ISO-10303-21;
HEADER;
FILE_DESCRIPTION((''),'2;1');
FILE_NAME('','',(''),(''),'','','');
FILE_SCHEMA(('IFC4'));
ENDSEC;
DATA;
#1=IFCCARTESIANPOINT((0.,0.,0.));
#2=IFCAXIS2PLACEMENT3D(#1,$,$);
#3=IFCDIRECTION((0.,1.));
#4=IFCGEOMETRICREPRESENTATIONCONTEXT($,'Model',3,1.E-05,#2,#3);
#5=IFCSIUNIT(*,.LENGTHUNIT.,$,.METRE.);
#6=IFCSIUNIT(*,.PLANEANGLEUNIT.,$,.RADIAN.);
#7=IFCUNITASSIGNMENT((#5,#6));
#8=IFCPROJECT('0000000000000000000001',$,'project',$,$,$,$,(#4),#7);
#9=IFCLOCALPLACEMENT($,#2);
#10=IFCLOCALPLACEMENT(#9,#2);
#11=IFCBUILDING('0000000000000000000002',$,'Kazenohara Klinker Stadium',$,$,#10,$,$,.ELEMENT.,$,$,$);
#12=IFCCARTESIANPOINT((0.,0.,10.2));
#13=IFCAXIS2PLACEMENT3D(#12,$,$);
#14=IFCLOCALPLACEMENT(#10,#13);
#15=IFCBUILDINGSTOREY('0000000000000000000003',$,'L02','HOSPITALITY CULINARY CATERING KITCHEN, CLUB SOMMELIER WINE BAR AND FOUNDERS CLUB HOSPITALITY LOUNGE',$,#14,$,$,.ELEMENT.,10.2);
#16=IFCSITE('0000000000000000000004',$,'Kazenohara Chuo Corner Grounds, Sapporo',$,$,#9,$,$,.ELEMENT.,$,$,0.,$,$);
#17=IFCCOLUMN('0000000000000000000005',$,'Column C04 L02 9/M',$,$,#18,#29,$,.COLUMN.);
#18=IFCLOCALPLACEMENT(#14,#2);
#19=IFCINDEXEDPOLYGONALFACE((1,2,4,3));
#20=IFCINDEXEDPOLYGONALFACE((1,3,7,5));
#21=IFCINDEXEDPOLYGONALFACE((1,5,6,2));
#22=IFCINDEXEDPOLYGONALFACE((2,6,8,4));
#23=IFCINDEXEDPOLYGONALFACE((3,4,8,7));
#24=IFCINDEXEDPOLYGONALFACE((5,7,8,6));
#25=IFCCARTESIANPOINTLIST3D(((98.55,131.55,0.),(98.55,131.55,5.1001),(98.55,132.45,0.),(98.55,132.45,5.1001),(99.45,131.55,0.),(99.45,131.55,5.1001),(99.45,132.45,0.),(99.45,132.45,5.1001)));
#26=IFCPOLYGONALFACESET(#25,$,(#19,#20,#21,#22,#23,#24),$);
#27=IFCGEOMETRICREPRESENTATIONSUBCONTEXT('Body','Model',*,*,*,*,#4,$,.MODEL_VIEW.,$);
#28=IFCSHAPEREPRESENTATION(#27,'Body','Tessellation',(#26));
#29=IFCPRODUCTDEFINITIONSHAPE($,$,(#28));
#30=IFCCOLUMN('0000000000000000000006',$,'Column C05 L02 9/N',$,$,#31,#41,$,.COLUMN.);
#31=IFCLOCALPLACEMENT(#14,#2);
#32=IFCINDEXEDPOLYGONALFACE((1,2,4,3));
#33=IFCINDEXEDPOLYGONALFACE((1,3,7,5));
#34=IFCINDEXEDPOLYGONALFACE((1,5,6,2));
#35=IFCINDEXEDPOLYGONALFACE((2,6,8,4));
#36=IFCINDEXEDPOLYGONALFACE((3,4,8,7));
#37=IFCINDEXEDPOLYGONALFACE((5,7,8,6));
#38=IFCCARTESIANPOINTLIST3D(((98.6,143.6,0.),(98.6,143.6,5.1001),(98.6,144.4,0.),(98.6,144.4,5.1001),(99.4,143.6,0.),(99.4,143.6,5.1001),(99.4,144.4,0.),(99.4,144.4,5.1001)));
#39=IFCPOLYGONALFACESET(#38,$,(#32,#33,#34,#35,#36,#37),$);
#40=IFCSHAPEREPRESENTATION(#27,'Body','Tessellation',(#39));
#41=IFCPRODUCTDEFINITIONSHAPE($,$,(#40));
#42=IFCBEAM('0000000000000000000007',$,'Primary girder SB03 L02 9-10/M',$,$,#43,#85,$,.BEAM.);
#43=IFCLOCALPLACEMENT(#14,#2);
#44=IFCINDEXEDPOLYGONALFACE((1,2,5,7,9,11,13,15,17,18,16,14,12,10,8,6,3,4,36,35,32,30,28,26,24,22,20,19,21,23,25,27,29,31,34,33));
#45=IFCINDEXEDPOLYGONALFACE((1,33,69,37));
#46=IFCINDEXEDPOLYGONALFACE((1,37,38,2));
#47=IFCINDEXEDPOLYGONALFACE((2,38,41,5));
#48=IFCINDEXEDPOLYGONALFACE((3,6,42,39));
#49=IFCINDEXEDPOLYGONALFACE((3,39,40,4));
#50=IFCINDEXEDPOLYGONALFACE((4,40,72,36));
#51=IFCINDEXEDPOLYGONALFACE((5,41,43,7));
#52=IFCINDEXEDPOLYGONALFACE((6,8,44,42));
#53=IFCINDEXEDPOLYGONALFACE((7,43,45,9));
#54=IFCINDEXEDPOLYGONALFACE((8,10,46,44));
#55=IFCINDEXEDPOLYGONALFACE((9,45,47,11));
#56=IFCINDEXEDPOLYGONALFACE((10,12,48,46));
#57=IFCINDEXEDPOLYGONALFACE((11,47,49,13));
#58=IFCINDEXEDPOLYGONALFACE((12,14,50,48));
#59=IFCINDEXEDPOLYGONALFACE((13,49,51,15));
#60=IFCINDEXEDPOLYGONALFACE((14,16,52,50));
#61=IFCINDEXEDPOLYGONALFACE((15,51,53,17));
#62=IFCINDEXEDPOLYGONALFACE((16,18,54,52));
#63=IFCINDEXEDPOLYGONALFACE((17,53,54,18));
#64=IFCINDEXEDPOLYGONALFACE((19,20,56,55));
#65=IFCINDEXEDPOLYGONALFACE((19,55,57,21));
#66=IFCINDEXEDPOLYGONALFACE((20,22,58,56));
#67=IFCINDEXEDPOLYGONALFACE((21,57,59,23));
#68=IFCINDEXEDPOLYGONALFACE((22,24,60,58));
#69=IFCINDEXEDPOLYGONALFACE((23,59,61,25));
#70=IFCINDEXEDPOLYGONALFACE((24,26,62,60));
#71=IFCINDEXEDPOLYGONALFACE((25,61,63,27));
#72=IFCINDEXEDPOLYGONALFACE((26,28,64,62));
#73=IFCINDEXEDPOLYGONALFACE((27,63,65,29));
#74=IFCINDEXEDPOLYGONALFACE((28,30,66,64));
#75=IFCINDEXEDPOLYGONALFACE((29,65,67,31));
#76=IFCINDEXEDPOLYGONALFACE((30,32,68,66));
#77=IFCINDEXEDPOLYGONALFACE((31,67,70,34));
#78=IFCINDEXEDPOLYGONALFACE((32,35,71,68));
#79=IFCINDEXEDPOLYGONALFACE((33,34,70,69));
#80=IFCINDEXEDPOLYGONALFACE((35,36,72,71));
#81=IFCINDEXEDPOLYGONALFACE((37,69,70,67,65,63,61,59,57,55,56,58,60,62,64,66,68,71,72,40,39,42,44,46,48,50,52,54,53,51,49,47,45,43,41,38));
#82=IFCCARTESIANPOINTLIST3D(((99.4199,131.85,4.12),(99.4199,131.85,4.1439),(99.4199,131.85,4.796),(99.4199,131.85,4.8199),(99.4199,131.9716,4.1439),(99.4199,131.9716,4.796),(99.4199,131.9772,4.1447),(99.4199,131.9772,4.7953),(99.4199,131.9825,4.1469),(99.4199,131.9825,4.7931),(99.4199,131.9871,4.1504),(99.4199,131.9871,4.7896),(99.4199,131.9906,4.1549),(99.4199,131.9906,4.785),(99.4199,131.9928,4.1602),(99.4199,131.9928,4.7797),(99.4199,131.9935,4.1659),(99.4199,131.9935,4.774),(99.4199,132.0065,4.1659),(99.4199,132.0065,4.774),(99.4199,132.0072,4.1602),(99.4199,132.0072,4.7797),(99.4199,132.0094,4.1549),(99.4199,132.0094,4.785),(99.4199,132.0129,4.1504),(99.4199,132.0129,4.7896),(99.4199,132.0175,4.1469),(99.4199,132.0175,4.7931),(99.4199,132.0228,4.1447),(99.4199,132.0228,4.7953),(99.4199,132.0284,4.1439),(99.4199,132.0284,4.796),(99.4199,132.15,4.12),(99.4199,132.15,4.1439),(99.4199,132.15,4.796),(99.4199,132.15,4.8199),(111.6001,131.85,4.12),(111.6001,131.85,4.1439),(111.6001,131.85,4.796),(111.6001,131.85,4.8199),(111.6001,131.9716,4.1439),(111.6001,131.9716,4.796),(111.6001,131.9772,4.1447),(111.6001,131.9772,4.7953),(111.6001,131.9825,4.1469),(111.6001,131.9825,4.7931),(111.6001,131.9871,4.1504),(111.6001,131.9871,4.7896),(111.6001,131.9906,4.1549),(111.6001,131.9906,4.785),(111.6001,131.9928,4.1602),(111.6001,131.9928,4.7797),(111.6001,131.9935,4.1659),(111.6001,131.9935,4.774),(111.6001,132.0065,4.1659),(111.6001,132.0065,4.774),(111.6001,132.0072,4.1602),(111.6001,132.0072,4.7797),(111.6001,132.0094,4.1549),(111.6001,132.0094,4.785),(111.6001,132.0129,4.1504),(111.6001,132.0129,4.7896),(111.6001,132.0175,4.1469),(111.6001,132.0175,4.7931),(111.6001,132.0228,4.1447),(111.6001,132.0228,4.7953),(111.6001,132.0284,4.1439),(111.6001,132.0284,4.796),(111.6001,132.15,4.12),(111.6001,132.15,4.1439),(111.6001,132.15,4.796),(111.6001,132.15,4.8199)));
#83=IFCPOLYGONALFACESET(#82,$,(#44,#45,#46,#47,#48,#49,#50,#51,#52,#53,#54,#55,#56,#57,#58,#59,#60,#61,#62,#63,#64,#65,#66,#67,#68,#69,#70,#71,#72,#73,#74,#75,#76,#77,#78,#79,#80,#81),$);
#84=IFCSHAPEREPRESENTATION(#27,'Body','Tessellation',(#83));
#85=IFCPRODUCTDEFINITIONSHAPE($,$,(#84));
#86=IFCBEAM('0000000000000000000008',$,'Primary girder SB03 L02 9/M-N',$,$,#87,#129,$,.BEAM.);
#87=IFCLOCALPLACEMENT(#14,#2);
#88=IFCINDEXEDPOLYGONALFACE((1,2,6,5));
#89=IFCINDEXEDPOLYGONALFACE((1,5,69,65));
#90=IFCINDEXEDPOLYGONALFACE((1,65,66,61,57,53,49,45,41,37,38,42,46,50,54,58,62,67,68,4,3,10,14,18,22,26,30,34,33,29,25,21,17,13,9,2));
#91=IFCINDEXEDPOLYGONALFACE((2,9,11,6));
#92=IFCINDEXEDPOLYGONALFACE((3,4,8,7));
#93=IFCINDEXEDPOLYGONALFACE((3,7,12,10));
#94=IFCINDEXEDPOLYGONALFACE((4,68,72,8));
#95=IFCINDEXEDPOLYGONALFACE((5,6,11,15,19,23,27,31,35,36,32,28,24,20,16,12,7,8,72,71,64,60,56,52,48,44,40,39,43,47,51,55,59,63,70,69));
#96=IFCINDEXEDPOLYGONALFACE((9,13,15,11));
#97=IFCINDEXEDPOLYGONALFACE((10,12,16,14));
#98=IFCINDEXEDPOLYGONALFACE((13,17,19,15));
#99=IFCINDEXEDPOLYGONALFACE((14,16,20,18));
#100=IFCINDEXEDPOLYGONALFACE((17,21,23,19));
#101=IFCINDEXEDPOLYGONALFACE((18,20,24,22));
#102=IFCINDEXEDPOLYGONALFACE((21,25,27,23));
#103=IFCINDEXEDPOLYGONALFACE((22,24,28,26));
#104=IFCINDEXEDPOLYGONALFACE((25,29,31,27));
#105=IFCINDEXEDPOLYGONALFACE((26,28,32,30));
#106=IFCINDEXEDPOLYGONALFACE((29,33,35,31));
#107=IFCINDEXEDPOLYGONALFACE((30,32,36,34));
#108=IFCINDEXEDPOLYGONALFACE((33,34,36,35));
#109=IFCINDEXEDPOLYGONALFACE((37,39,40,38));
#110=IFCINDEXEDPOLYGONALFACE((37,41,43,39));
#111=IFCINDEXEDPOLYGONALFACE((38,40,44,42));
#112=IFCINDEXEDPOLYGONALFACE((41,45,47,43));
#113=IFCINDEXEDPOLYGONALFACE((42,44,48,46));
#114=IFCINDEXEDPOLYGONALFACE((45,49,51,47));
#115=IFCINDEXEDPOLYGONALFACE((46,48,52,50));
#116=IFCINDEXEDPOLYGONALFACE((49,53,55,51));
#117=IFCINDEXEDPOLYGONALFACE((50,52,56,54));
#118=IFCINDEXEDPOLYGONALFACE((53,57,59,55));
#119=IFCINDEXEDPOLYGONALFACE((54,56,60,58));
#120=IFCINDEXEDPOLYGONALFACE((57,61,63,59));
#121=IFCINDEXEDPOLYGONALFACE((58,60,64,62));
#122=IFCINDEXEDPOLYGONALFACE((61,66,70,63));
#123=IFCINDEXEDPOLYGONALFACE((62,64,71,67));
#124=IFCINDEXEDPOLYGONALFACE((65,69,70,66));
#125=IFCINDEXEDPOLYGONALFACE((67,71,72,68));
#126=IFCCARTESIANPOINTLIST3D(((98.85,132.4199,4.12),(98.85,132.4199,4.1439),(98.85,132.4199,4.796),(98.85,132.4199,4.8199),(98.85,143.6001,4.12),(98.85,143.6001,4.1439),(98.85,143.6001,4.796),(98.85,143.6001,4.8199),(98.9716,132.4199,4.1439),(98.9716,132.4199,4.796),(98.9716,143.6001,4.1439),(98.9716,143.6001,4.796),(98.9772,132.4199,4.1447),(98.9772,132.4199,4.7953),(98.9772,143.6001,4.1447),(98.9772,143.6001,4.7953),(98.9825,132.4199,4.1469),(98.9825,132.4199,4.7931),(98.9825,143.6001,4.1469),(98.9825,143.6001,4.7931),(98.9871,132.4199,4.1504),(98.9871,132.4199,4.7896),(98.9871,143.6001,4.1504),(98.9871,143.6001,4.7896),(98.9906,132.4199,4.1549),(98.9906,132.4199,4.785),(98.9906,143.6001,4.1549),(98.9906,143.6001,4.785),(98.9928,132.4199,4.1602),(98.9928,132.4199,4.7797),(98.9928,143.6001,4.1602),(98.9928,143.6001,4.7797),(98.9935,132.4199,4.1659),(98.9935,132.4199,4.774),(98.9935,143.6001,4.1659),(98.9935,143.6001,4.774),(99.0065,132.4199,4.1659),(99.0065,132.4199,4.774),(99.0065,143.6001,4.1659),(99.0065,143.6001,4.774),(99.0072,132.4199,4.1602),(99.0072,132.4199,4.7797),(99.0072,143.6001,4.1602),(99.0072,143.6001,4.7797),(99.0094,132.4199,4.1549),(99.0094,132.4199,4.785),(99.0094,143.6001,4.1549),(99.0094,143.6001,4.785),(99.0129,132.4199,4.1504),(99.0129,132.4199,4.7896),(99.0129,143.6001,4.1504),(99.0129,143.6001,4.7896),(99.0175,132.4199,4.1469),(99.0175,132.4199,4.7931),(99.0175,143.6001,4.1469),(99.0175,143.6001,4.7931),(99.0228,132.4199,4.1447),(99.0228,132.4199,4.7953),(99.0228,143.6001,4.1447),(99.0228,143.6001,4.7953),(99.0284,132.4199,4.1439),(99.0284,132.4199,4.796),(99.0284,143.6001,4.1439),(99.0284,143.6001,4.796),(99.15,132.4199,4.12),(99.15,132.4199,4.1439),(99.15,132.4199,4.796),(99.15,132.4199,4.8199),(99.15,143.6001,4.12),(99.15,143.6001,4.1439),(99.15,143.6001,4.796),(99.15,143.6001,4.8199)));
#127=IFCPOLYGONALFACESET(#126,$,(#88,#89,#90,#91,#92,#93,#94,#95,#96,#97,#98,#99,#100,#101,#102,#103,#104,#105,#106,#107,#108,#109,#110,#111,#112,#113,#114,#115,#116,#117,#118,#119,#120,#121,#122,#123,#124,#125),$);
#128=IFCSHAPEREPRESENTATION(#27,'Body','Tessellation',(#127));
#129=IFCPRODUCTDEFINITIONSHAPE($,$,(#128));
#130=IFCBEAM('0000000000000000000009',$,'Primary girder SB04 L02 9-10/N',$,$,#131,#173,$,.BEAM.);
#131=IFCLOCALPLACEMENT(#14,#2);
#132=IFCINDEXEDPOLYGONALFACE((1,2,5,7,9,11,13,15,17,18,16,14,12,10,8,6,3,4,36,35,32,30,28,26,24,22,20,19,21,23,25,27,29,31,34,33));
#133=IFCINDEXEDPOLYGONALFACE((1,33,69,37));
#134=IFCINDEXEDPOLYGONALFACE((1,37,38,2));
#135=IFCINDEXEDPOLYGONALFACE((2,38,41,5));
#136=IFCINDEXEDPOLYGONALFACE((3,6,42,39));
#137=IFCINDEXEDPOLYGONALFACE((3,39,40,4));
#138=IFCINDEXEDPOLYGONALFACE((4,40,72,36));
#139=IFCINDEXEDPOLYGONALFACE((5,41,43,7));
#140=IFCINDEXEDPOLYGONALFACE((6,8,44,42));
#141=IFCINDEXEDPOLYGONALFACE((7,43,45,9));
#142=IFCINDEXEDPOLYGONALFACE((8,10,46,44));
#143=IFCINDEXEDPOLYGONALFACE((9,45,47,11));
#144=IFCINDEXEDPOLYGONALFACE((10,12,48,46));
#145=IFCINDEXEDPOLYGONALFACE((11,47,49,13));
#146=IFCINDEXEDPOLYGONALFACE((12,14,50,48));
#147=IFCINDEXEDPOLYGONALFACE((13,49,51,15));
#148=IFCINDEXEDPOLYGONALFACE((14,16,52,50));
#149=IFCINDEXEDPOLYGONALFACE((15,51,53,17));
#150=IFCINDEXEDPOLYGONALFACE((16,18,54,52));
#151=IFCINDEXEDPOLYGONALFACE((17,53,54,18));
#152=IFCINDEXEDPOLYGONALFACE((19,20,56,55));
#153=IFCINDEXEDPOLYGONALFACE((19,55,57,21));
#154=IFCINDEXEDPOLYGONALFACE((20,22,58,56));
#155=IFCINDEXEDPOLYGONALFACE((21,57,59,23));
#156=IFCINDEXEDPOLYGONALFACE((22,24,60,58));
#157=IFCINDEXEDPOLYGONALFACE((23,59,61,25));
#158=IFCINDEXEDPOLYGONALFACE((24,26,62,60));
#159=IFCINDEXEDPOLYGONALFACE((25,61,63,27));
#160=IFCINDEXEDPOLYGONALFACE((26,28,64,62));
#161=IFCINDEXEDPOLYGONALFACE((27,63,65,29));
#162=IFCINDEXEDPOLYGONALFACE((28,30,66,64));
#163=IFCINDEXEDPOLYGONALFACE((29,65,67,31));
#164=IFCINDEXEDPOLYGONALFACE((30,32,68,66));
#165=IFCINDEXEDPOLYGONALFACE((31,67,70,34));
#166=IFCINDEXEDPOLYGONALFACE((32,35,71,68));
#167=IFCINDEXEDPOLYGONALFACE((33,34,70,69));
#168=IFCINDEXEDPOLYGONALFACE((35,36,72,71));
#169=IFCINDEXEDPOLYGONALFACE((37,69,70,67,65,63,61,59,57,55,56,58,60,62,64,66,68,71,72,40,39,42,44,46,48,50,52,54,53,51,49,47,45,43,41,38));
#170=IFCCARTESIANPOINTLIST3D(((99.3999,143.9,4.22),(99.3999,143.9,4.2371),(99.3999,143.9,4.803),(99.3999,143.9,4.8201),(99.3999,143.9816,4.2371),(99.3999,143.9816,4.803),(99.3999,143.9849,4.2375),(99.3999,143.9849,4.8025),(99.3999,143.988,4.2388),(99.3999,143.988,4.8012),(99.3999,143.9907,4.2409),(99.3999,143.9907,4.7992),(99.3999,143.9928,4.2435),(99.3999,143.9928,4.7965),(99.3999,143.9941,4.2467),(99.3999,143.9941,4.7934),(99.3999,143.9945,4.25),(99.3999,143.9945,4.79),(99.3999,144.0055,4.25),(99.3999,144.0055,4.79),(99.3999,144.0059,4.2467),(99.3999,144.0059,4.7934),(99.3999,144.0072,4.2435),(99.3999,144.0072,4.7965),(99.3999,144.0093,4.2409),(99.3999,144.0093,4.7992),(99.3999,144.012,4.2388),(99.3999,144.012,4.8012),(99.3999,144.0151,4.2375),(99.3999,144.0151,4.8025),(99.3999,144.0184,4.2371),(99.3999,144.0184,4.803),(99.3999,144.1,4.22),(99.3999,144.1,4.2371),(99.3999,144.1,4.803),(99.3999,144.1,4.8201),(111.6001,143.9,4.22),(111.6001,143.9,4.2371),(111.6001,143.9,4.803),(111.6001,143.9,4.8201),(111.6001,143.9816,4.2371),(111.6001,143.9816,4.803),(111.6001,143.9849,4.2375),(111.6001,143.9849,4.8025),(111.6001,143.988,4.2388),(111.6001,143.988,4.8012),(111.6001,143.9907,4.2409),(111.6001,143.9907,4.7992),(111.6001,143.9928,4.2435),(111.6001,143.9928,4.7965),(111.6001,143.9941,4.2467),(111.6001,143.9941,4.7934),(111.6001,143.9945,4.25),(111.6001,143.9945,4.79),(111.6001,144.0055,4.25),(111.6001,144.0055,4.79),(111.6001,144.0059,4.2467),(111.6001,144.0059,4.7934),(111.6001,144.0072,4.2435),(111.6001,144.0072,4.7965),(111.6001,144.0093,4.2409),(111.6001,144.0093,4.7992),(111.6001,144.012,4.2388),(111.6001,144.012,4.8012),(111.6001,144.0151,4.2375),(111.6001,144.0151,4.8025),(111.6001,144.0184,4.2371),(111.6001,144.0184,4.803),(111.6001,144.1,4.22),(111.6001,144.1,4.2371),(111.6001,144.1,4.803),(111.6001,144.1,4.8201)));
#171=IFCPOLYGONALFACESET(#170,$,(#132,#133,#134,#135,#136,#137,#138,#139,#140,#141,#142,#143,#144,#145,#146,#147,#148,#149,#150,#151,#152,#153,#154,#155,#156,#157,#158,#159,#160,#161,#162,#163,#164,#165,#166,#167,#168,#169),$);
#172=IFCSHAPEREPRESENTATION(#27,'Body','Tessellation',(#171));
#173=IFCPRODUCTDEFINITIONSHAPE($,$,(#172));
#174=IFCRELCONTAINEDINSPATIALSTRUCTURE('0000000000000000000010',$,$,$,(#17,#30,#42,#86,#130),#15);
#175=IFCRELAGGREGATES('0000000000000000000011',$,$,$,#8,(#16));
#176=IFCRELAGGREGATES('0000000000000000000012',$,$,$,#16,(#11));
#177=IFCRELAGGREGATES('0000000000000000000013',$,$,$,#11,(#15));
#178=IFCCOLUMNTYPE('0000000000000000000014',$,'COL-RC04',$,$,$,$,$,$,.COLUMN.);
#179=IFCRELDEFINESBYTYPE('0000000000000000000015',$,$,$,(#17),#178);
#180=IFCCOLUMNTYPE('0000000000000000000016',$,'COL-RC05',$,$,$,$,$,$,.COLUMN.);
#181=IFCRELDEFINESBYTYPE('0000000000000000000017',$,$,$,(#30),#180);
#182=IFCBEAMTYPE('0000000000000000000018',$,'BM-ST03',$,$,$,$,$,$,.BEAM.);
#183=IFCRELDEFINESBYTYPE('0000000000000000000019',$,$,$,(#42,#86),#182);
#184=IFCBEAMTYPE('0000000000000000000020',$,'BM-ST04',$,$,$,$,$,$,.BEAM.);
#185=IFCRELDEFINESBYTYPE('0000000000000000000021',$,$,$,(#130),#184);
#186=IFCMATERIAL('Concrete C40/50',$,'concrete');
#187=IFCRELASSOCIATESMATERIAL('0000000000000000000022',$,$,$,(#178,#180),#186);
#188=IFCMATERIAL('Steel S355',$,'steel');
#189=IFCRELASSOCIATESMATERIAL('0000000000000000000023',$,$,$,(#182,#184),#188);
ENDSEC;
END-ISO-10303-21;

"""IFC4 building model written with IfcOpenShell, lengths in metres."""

from ifc_helpers import new_model, si_unit, direction, frame, origin, origin_2d, place, context, subcontext, project, spatial, rectangle, i_section, extrude, material, material_profile, profile_set, type_object, element, save


model = new_model("IFC4")

# Units and contexts
model_context = context("Model", 3, precision=1e-05, world=origin(), true_north=direction((0.0, 1.0)))
body_context = subcontext(model_context, "Body", "Model", "MODEL_VIEW")
ifc_project = project(units=[si_unit("LENGTHUNIT", "METRE"), si_unit("PLANEANGLEUNIT", "RADIAN")], contexts=[model_context])

# Site, building, storey
site_placement = place(None, origin())
site = spatial("IfcSite", under=ifc_project, at=site_placement, Name="Kazenohara Chuo Corner Grounds, Sapporo", CompositionType="ELEMENT", RefElevation=0.0)
building_placement = place(site_placement, origin())
building = spatial("IfcBuilding", under=site, at=building_placement, Name="Kazenohara Klinker Stadium", CompositionType="ELEMENT")
storey_placement = place(building_placement, frame((0.0, 0.0, 10.2)))
storey = spatial("IfcBuildingStorey", under=building, at=storey_placement, Name="L02", Description="HOSPITALITY CULINARY CATERING KITCHEN, CLUB SOMMELIER WINE BAR AND FOUNDERS CLUB HOSPITALITY LOUNGE", CompositionType="ELEMENT", Elevation=10.2)

# Columns
ifc_material_1 = material(Name="Concrete C40/50", Category="concrete")
ifc_material_profile_1 = material_profile(ifc_material_1, rectangle(XDim=0.8999, YDim=0.8999, at=origin_2d()), Name="RC-COL-900x900")
ifc_profile_set_1 = profile_set([ifc_material_profile_1], Name="Concrete C40/50")
column_type_1 = type_object("IfcColumnType", Name="COL-RC04", PredefinedType="COLUMN", material=ifc_profile_set_1)
column_1_placement = place(storey_placement, frame((99.0, 132.0, 0.0), z_axis=(0.0, 0.0, 1.0), x_axis=(1.0, 0.0, 0.0)))
element("IfcColumn", 1, at=column_1_placement, inside=storey, type_object=column_type_1, Name="Column C04 L02 9/M", PredefinedType="COLUMN", context=body_context, shape_type="SweptSolid", body=[
    extrude(rectangle(XDim=0.8999, YDim=0.8999, at=origin_2d()), origin(), (0.0, 0.0, 1.0), 5.1001),
])
ifc_material_profile_2 = material_profile(ifc_material_1, rectangle(XDim=0.8, YDim=0.8, at=origin_2d()), Name="RC-COL-800x800")
ifc_profile_set_2 = profile_set([ifc_material_profile_2], Name="Concrete C40/50")
column_type_2 = type_object("IfcColumnType", Name="COL-RC05", PredefinedType="COLUMN", material=ifc_profile_set_2)
column_2_placement = place(storey_placement, frame((99.0, 144.0, 0.0), z_axis=(0.0, 0.0, 1.0), x_axis=(1.0, 0.0, 0.0)))
element("IfcColumn", 2, at=column_2_placement, inside=storey, type_object=column_type_2, Name="Column C05 L02 9/N", PredefinedType="COLUMN", context=body_context, shape_type="SweptSolid", body=[
    extrude(rectangle(XDim=0.8, YDim=0.8, at=origin_2d()), origin(), (0.0, 0.0, 1.0), 5.1001),
])

# Beams
ifc_material_2 = material(Name="Steel S355", Category="steel")
ifc_material_profile_3 = material_profile(ifc_material_2, i_section(OverallWidth=0.3, OverallDepth=0.7, WebThickness=0.0129, FlangeThickness=0.0239, FilletRadius=0.022, at=origin_2d()), Name="H-700x300x13x24")
ifc_profile_set_3 = profile_set([ifc_material_profile_3], Name="Steel S355")
beam_type_1 = type_object("IfcBeamType", Name="BM-ST03", PredefinedType="BEAM", material=ifc_profile_set_3)
beam_1_placement = place(storey_placement, frame((99.4199, 132.0, 4.47), z_axis=(1.0, 0.0, 0.0), x_axis=(0.0, 1.0, 0.0)))
element("IfcBeam", 3, at=beam_1_placement, inside=storey, type_object=beam_type_1, Name="Primary girder SB03 L02 9-10/M", PredefinedType="BEAM", context=body_context, shape_type="SweptSolid", body=[
    extrude(i_section(OverallWidth=0.3, OverallDepth=0.7, WebThickness=0.0129, FlangeThickness=0.0239, FilletRadius=0.022, at=origin_2d()), origin(), (0.0, 0.0, 1.0), 12.1802),
])
beam_2_placement = place(storey_placement, frame((99.0, 132.4199, 4.47), z_axis=(0.0, 1.0, 0.0), x_axis=(-1.0, 0.0, 0.0)))
element("IfcBeam", 4, at=beam_2_placement, inside=storey, type_object=beam_type_1, Name="Primary girder SB03 L02 9/M-N", PredefinedType="BEAM", context=body_context, shape_type="SweptSolid", body=[
    extrude(i_section(OverallWidth=0.3, OverallDepth=0.7, WebThickness=0.0129, FlangeThickness=0.0239, FilletRadius=0.022, at=origin_2d()), origin(), (0.0, 0.0, 1.0), 11.1802),
])
ifc_material_profile_4 = material_profile(ifc_material_2, i_section(OverallWidth=0.2, OverallDepth=0.6001, WebThickness=0.011, FlangeThickness=0.0171, FilletRadius=0.0129, at=origin_2d()), Name="H-600x200x11x17")
ifc_profile_set_4 = profile_set([ifc_material_profile_4], Name="Steel S355")
beam_type_2 = type_object("IfcBeamType", Name="BM-ST04", PredefinedType="BEAM", material=ifc_profile_set_4)
beam_3_placement = place(storey_placement, frame((99.3999, 144.0, 4.52), z_axis=(1.0, 0.0, 0.0), x_axis=(0.0, 1.0, 0.0)))
element("IfcBeam", 5, at=beam_3_placement, inside=storey, type_object=beam_type_2, Name="Primary girder SB04 L02 9-10/N", PredefinedType="BEAM", context=body_context, shape_type="SweptSolid", body=[
    extrude(i_section(OverallWidth=0.2, OverallDepth=0.6001, WebThickness=0.011, FlangeThickness=0.0171, FilletRadius=0.0129, at=origin_2d()), origin(), (0.0, 0.0, 1.0), 12.2002),
])

save(model, "model.ifc")
